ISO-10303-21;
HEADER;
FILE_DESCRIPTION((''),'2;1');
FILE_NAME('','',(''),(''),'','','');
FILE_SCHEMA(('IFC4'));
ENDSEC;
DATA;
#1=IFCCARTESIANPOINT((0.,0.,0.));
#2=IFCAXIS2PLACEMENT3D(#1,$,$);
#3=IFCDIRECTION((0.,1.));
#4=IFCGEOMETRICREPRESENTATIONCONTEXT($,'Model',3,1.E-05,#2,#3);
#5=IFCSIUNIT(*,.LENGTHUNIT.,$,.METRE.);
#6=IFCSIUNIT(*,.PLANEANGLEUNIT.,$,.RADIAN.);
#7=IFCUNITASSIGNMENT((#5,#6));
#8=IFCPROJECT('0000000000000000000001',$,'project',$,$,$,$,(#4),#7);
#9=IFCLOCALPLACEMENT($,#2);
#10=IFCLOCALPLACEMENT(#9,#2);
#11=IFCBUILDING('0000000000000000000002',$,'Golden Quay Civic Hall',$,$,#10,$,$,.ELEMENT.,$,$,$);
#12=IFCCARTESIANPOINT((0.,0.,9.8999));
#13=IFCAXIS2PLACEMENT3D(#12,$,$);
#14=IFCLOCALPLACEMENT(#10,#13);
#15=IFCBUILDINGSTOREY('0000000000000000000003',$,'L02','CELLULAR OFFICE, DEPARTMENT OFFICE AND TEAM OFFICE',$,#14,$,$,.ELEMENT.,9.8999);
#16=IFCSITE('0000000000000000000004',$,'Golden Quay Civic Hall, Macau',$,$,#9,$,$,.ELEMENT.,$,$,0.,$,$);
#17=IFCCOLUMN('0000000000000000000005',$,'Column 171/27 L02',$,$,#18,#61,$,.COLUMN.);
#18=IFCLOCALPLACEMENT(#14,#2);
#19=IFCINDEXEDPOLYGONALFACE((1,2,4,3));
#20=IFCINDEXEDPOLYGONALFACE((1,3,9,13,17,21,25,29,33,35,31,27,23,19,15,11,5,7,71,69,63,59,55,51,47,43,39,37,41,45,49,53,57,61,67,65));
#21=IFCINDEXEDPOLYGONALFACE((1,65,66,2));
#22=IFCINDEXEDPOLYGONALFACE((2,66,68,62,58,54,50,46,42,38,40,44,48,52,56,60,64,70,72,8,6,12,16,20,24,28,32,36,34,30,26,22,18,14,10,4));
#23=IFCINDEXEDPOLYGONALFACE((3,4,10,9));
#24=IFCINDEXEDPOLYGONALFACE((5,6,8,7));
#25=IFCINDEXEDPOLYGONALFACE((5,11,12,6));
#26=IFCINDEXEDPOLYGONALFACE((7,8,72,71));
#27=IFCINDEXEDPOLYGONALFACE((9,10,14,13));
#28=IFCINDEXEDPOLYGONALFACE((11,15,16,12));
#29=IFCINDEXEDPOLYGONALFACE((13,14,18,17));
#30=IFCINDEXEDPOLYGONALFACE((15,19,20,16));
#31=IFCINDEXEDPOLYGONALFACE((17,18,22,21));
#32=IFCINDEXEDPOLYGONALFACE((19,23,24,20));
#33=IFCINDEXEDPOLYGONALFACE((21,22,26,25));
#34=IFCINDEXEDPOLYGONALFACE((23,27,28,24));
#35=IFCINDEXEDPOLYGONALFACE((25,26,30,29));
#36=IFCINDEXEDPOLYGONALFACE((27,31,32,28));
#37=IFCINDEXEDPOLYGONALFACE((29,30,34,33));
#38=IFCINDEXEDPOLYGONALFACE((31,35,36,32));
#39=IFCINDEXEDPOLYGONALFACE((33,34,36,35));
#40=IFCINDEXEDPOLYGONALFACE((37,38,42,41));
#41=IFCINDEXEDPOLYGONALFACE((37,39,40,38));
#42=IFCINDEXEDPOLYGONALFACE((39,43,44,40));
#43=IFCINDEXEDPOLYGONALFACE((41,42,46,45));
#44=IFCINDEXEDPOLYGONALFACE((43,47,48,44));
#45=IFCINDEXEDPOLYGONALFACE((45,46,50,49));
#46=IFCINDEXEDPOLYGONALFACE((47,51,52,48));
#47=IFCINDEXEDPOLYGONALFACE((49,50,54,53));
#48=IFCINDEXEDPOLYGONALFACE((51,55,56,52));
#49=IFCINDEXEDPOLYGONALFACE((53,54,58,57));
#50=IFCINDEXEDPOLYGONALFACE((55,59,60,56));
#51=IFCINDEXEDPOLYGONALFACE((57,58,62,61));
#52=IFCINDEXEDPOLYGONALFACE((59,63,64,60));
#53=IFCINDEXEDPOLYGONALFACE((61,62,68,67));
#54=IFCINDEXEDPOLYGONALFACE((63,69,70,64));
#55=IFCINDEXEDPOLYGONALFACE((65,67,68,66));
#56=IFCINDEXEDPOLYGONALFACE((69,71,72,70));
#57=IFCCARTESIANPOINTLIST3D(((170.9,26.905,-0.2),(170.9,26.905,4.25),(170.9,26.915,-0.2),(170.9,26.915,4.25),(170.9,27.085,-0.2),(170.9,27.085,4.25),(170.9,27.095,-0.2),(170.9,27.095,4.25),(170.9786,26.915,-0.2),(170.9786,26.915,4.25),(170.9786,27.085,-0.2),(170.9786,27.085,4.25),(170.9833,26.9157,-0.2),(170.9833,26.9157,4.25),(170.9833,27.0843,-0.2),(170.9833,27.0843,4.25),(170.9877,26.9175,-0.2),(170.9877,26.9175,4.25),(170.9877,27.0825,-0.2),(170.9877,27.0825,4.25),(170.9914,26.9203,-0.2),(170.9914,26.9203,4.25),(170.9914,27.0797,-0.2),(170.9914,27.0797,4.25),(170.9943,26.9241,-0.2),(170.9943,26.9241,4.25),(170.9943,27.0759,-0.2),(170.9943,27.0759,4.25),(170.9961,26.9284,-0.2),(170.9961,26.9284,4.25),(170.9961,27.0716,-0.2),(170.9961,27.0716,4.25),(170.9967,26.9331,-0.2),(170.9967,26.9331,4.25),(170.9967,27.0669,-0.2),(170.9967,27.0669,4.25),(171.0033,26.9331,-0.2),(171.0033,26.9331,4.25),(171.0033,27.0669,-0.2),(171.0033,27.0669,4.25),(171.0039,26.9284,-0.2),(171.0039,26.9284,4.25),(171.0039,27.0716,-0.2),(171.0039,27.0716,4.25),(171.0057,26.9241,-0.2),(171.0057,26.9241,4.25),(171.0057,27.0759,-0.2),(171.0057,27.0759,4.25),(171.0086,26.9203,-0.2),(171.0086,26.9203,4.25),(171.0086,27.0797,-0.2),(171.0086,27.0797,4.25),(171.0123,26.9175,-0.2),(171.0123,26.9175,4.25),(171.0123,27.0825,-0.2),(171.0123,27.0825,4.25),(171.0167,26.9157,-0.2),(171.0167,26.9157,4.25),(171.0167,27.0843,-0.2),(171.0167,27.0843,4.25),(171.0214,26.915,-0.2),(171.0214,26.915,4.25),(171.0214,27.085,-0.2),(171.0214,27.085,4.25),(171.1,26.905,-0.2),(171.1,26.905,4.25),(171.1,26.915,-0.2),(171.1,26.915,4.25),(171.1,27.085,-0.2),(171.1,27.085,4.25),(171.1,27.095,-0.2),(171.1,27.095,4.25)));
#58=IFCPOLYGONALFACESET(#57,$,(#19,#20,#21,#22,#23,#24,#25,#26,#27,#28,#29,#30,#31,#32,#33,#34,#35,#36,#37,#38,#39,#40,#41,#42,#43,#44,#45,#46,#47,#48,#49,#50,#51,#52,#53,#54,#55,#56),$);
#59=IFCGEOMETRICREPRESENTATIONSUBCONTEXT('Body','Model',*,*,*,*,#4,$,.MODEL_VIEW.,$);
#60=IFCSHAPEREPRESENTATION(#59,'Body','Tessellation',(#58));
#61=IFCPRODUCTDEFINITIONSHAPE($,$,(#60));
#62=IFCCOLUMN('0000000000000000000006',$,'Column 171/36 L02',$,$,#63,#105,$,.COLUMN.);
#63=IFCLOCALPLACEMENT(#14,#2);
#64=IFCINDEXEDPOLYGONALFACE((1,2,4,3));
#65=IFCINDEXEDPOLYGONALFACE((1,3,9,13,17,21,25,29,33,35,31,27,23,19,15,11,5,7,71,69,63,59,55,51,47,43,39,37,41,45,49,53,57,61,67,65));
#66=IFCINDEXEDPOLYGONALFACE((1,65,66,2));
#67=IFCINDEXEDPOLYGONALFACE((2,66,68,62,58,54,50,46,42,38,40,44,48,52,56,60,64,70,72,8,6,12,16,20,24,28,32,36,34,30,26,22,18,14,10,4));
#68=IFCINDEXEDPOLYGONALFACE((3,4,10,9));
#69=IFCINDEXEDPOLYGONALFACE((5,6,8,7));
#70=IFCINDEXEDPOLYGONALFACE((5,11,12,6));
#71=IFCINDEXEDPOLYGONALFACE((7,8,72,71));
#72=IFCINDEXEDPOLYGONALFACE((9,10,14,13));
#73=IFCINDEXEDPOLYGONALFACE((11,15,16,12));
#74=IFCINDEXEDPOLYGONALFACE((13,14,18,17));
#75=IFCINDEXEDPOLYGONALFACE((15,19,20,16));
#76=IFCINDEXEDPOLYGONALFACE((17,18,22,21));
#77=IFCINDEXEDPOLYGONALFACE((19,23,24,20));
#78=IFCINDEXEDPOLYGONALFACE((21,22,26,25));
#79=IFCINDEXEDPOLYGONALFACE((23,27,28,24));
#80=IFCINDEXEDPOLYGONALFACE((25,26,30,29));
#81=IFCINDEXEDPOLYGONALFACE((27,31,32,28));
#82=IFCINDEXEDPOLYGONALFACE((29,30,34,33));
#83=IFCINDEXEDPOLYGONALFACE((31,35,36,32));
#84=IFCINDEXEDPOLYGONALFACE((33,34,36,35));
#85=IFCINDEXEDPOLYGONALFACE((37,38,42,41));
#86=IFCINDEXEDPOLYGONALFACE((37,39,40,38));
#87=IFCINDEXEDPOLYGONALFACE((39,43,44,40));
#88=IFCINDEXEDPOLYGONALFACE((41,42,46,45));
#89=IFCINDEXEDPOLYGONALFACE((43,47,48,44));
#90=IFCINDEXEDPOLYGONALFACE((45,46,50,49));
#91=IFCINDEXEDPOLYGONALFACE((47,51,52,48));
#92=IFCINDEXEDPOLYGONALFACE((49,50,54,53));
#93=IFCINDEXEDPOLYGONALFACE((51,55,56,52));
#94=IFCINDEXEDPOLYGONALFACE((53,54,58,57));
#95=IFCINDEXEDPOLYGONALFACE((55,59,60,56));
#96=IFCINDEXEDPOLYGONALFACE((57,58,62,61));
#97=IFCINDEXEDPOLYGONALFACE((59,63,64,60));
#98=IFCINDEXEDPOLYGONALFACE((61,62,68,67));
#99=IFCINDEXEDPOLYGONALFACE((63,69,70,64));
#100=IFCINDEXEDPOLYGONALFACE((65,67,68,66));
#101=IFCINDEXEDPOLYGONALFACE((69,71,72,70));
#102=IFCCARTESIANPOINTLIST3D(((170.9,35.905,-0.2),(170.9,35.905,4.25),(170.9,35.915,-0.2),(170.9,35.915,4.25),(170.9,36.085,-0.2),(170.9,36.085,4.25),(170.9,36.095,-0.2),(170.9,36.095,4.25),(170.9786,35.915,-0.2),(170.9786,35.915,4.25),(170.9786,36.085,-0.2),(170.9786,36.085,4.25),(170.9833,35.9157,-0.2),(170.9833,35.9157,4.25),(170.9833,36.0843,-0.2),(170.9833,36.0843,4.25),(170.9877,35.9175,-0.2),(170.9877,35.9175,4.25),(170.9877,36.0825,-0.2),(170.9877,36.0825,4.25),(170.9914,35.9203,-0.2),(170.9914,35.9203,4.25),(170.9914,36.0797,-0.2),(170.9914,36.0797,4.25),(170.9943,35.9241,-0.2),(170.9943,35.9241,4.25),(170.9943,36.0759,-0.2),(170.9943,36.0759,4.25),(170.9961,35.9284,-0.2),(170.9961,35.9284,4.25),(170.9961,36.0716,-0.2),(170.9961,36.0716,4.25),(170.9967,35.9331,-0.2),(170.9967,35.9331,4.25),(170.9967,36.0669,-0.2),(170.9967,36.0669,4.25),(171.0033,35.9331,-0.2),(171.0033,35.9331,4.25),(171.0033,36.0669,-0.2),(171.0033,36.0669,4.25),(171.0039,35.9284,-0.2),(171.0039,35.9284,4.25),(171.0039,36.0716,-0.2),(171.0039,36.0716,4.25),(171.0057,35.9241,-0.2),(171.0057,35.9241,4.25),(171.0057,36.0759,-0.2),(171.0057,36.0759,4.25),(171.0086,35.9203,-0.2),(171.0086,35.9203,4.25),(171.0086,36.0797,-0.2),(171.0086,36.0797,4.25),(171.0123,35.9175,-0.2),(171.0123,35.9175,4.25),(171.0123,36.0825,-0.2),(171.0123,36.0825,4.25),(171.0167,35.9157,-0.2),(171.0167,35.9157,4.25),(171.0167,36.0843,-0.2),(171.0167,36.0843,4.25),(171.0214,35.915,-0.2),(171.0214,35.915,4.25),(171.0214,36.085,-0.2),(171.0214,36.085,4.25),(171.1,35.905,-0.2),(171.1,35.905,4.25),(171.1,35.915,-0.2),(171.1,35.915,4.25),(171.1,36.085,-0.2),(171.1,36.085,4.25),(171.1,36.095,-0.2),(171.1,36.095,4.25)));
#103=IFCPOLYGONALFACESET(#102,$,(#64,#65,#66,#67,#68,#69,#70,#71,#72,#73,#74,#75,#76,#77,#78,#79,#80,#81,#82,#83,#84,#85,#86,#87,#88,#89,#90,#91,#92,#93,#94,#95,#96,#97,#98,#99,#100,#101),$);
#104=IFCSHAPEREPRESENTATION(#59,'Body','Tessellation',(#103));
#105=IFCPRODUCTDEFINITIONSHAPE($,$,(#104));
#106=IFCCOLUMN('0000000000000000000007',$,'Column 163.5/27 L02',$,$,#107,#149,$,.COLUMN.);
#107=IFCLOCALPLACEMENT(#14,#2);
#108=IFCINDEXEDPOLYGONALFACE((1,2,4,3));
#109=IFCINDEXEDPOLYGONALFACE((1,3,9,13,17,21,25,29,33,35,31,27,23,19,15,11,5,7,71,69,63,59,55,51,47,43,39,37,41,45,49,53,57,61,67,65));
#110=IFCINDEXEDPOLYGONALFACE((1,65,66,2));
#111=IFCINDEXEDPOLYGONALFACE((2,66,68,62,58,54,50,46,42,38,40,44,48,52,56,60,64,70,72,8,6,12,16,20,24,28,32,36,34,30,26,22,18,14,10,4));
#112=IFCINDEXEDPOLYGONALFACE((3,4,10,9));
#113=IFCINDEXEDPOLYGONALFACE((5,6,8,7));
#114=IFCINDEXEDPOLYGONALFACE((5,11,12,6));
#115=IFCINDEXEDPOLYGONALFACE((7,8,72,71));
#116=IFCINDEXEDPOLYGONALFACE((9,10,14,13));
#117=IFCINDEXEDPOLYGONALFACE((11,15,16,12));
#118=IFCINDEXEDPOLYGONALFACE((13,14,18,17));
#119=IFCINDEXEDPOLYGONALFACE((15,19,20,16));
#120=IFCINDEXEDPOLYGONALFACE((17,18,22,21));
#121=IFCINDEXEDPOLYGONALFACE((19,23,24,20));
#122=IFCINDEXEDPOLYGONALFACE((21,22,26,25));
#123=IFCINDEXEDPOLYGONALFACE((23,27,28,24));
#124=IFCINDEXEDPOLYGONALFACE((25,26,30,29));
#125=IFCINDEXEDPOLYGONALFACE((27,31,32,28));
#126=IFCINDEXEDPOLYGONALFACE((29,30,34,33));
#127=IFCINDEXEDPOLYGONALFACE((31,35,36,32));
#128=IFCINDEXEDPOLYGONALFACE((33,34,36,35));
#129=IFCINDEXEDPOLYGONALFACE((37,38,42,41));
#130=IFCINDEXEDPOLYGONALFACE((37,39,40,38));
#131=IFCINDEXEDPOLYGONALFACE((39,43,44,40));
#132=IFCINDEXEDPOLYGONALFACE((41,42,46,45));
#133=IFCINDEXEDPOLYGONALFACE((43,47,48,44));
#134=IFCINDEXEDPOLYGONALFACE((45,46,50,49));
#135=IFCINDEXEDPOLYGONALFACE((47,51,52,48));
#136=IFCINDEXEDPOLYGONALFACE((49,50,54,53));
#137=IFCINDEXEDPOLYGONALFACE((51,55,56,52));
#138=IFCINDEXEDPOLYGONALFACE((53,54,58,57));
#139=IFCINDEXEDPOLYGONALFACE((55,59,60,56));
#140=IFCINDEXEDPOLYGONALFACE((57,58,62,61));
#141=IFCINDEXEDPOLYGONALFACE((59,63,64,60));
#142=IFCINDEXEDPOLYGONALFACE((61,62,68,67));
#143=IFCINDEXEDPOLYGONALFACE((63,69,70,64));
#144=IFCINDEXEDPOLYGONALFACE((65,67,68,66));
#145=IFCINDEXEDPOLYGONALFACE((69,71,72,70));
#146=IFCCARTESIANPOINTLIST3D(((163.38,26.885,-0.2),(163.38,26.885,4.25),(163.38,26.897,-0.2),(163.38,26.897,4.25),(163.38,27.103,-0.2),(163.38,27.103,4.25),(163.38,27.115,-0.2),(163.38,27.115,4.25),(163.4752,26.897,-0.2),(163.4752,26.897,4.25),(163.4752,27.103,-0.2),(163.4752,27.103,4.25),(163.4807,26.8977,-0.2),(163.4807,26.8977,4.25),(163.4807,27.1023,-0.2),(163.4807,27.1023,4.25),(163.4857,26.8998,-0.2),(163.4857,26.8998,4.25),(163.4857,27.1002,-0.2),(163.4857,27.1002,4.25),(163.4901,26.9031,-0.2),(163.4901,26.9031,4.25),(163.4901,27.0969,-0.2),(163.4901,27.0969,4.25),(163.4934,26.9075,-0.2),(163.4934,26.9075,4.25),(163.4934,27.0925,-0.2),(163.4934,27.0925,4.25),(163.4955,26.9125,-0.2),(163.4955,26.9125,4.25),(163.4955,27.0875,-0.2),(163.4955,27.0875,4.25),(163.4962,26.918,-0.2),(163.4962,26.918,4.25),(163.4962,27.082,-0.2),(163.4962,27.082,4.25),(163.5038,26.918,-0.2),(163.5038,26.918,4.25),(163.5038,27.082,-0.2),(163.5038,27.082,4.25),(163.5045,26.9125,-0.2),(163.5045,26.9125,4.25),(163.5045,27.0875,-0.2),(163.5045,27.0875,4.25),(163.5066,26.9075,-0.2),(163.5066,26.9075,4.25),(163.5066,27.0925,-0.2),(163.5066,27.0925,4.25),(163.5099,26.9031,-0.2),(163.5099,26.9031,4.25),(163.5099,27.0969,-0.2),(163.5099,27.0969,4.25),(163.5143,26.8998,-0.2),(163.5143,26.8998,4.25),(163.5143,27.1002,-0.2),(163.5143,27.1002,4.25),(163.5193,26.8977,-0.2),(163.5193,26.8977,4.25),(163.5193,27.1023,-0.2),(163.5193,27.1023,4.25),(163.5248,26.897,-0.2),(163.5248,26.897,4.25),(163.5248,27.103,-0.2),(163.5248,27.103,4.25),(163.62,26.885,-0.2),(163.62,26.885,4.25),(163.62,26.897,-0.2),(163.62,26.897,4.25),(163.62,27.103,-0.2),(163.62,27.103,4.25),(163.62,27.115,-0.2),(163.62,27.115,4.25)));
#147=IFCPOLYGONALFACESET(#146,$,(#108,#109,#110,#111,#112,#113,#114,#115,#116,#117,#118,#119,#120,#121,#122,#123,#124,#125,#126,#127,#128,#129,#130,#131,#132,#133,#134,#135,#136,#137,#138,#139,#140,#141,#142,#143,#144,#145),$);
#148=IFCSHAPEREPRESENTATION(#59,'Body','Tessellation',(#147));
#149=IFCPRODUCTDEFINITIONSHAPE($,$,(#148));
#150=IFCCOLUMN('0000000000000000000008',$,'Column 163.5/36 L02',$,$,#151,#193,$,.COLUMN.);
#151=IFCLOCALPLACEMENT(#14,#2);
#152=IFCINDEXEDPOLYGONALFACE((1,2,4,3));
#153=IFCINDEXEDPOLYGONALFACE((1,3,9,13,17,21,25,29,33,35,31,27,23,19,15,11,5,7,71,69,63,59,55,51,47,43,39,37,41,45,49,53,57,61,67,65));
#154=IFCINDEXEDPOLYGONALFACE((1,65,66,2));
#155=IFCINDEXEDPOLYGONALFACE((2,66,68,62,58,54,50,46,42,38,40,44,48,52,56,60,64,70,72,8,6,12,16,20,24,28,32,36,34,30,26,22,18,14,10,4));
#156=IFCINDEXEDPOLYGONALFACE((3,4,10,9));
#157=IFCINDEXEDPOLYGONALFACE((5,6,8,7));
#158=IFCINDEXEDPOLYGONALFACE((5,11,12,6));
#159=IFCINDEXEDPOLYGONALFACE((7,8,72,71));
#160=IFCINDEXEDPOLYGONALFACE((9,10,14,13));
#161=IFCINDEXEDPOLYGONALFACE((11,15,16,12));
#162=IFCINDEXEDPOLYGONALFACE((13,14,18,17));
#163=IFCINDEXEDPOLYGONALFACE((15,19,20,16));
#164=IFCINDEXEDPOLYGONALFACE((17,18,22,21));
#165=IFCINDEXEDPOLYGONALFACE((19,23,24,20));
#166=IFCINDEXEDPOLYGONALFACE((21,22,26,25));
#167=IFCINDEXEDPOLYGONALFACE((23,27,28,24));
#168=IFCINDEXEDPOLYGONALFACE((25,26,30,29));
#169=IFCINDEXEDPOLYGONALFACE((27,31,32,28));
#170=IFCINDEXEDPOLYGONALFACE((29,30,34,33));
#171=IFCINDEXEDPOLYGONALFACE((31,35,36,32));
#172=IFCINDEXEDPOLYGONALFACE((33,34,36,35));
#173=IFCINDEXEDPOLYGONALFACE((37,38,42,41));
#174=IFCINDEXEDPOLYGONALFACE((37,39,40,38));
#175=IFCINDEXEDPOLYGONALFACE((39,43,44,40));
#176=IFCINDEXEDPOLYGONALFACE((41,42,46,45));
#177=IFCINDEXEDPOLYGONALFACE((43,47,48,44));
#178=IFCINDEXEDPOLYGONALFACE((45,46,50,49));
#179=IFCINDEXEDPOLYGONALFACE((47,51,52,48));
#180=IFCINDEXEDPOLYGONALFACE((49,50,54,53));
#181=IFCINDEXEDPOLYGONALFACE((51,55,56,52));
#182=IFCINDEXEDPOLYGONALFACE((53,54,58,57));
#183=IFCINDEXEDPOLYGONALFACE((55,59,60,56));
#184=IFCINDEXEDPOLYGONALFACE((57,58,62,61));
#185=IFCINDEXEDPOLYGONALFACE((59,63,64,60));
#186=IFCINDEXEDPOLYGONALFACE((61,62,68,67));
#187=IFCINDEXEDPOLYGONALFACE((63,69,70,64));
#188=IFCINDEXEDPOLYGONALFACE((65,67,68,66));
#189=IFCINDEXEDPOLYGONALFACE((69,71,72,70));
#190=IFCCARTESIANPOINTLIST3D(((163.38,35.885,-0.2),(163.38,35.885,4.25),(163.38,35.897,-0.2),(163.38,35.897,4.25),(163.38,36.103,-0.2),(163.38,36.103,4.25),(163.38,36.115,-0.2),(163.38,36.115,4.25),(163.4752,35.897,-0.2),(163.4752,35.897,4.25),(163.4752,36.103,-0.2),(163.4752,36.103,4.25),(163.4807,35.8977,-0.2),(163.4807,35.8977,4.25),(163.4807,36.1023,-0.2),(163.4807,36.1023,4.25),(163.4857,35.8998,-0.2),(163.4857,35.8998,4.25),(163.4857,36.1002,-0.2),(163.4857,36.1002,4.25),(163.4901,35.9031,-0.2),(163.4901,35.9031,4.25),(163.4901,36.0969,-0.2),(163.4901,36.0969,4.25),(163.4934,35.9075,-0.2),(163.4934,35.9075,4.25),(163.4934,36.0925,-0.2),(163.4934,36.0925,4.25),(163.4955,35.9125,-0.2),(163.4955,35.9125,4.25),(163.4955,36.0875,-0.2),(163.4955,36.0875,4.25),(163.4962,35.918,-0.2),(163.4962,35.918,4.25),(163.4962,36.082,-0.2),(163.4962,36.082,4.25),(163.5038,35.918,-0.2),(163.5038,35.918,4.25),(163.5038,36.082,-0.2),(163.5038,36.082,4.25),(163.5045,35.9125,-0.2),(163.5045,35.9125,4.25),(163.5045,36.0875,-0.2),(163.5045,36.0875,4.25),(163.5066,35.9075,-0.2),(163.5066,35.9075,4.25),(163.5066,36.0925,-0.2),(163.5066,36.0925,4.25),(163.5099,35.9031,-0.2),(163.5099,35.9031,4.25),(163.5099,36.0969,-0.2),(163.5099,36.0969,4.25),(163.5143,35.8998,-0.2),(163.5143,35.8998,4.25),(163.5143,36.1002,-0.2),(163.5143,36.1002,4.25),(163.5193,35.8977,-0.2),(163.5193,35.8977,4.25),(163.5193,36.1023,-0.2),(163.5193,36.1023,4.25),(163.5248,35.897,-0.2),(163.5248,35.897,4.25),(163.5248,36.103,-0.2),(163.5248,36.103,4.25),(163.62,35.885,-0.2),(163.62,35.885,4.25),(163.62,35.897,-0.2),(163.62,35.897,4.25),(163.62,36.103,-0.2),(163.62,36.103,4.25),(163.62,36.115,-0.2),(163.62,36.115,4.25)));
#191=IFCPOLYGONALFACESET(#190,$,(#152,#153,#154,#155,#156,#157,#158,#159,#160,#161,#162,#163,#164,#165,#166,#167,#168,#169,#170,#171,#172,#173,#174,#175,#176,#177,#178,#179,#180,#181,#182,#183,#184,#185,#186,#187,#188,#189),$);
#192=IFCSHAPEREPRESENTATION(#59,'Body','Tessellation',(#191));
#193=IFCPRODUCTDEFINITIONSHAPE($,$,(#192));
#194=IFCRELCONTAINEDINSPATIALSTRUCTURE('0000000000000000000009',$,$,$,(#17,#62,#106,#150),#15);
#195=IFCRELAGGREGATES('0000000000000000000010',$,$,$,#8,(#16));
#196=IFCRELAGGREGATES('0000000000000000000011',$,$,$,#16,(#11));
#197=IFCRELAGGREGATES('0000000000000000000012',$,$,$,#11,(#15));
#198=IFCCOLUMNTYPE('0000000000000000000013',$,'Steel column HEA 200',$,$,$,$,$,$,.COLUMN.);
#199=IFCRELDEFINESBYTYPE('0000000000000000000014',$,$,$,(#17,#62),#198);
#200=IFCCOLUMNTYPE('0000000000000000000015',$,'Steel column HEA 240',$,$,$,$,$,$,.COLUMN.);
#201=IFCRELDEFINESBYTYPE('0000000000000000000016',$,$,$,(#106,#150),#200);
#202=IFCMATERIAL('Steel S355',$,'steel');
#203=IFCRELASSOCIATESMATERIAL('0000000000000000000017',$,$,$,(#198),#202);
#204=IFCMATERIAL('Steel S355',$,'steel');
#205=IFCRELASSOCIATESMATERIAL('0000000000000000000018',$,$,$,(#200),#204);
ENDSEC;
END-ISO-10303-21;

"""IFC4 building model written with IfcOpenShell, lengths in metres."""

from ifc_helpers import new_model, si_unit, direction, frame, origin, origin_2d, place, context, subcontext, project, spatial, i_section, extrude, material, material_profile, profile_set, type_object, element, save


model = new_model("IFC4")

# Units and contexts
model_context = context("Model", 3, precision=1e-05, world=origin(), true_north=direction((0.0, 1.0)))
body_context = subcontext(model_context, "Body", "Model", "MODEL_VIEW")
ifc_project = project(units=[si_unit("LENGTHUNIT", "METRE"), si_unit("PLANEANGLEUNIT", "RADIAN")], contexts=[model_context])

# Site, building, storey
site_placement = place(None, origin())
site = spatial("IfcSite", under=ifc_project, at=site_placement, Name="Golden Quay Civic Hall, Macau", CompositionType="ELEMENT", RefElevation=0.0)
building_placement = place(site_placement, origin())
building = spatial("IfcBuilding", under=site, at=building_placement, Name="Golden Quay Civic Hall", CompositionType="ELEMENT")
storey_placement = place(building_placement, frame((0.0, 0.0, 9.8999)))
storey = spatial("IfcBuildingStorey", under=building, at=storey_placement, Name="L02", Description="CELLULAR OFFICE, DEPARTMENT OFFICE AND TEAM OFFICE", CompositionType="ELEMENT", Elevation=9.8999)

# Columns
ifc_material_1 = material(Name="Steel S355", Category="steel")
ifc_material_profile_1 = material_profile(ifc_material_1, i_section(OverallWidth=0.2, OverallDepth=0.1899, WebThickness=0.0066, FlangeThickness=0.01, FilletRadius=0.0181, at=origin_2d()), Name="HEA 200")
ifc_profile_set_1 = profile_set([ifc_material_profile_1], Name="Steel S355")
column_type_1 = type_object("IfcColumnType", Name="Steel column HEA 200", PredefinedType="COLUMN", material=ifc_profile_set_1)
for number, where, z_axis, x_axis, name in (
    (1, (171.0, 27.0, -0.2), (0.0, 0.0, 1.0), (1.0, 0.0, 0.0), "Column 171/27 L02"),
    (2, (171.0, 36.0, -0.2), (0.0, 0.0, 1.0), (1.0, 0.0, 0.0), "Column 171/36 L02"),
):
    element("IfcColumn", number, at=place(storey_placement, frame(where, z_axis=z_axis, x_axis=x_axis)), inside=storey, type_object=column_type_1, Name=name, PredefinedType="COLUMN", context=body_context, shape_type="SweptSolid", body=[
        extrude(i_section(OverallWidth=0.2, OverallDepth=0.1899, WebThickness=0.0066, FlangeThickness=0.01, FilletRadius=0.0181, at=origin_2d()), origin(), (0.0, 0.0, 1.0), 4.45),
    ])
ifc_material_2 = material(Name="Steel S355", Category="steel")
ifc_material_profile_2 = material_profile(ifc_material_2, i_section(OverallWidth=0.24, OverallDepth=0.23, WebThickness=0.0076, FlangeThickness=0.012, FilletRadius=0.021, at=origin_2d()), Name="HEA 240")
ifc_profile_set_2 = profile_set([ifc_material_profile_2], Name="Steel S355")
column_type_2 = type_object("IfcColumnType", Name="Steel column HEA 240", PredefinedType="COLUMN", material=ifc_profile_set_2)
for number, where, z_axis, x_axis, name in (
    (3, (163.5, 27.0, -0.2), (0.0, 0.0, 1.0), (1.0, 0.0, 0.0), "Column 163.5/27 L02"),
    (4, (163.5, 36.0, -0.2), (0.0, 0.0, 1.0), (1.0, 0.0, 0.0), "Column 163.5/36 L02"),
):
    element("IfcColumn", number, at=place(storey_placement, frame(where, z_axis=z_axis, x_axis=x_axis)), inside=storey, type_object=column_type_2, Name=name, PredefinedType="COLUMN", context=body_context, shape_type="SweptSolid", body=[
        extrude(i_section(OverallWidth=0.24, OverallDepth=0.23, WebThickness=0.0076, FlangeThickness=0.012, FilletRadius=0.021, at=origin_2d()), origin(), (0.0, 0.0, 1.0), 4.45),
    ])

save(model, "model.ifc")
